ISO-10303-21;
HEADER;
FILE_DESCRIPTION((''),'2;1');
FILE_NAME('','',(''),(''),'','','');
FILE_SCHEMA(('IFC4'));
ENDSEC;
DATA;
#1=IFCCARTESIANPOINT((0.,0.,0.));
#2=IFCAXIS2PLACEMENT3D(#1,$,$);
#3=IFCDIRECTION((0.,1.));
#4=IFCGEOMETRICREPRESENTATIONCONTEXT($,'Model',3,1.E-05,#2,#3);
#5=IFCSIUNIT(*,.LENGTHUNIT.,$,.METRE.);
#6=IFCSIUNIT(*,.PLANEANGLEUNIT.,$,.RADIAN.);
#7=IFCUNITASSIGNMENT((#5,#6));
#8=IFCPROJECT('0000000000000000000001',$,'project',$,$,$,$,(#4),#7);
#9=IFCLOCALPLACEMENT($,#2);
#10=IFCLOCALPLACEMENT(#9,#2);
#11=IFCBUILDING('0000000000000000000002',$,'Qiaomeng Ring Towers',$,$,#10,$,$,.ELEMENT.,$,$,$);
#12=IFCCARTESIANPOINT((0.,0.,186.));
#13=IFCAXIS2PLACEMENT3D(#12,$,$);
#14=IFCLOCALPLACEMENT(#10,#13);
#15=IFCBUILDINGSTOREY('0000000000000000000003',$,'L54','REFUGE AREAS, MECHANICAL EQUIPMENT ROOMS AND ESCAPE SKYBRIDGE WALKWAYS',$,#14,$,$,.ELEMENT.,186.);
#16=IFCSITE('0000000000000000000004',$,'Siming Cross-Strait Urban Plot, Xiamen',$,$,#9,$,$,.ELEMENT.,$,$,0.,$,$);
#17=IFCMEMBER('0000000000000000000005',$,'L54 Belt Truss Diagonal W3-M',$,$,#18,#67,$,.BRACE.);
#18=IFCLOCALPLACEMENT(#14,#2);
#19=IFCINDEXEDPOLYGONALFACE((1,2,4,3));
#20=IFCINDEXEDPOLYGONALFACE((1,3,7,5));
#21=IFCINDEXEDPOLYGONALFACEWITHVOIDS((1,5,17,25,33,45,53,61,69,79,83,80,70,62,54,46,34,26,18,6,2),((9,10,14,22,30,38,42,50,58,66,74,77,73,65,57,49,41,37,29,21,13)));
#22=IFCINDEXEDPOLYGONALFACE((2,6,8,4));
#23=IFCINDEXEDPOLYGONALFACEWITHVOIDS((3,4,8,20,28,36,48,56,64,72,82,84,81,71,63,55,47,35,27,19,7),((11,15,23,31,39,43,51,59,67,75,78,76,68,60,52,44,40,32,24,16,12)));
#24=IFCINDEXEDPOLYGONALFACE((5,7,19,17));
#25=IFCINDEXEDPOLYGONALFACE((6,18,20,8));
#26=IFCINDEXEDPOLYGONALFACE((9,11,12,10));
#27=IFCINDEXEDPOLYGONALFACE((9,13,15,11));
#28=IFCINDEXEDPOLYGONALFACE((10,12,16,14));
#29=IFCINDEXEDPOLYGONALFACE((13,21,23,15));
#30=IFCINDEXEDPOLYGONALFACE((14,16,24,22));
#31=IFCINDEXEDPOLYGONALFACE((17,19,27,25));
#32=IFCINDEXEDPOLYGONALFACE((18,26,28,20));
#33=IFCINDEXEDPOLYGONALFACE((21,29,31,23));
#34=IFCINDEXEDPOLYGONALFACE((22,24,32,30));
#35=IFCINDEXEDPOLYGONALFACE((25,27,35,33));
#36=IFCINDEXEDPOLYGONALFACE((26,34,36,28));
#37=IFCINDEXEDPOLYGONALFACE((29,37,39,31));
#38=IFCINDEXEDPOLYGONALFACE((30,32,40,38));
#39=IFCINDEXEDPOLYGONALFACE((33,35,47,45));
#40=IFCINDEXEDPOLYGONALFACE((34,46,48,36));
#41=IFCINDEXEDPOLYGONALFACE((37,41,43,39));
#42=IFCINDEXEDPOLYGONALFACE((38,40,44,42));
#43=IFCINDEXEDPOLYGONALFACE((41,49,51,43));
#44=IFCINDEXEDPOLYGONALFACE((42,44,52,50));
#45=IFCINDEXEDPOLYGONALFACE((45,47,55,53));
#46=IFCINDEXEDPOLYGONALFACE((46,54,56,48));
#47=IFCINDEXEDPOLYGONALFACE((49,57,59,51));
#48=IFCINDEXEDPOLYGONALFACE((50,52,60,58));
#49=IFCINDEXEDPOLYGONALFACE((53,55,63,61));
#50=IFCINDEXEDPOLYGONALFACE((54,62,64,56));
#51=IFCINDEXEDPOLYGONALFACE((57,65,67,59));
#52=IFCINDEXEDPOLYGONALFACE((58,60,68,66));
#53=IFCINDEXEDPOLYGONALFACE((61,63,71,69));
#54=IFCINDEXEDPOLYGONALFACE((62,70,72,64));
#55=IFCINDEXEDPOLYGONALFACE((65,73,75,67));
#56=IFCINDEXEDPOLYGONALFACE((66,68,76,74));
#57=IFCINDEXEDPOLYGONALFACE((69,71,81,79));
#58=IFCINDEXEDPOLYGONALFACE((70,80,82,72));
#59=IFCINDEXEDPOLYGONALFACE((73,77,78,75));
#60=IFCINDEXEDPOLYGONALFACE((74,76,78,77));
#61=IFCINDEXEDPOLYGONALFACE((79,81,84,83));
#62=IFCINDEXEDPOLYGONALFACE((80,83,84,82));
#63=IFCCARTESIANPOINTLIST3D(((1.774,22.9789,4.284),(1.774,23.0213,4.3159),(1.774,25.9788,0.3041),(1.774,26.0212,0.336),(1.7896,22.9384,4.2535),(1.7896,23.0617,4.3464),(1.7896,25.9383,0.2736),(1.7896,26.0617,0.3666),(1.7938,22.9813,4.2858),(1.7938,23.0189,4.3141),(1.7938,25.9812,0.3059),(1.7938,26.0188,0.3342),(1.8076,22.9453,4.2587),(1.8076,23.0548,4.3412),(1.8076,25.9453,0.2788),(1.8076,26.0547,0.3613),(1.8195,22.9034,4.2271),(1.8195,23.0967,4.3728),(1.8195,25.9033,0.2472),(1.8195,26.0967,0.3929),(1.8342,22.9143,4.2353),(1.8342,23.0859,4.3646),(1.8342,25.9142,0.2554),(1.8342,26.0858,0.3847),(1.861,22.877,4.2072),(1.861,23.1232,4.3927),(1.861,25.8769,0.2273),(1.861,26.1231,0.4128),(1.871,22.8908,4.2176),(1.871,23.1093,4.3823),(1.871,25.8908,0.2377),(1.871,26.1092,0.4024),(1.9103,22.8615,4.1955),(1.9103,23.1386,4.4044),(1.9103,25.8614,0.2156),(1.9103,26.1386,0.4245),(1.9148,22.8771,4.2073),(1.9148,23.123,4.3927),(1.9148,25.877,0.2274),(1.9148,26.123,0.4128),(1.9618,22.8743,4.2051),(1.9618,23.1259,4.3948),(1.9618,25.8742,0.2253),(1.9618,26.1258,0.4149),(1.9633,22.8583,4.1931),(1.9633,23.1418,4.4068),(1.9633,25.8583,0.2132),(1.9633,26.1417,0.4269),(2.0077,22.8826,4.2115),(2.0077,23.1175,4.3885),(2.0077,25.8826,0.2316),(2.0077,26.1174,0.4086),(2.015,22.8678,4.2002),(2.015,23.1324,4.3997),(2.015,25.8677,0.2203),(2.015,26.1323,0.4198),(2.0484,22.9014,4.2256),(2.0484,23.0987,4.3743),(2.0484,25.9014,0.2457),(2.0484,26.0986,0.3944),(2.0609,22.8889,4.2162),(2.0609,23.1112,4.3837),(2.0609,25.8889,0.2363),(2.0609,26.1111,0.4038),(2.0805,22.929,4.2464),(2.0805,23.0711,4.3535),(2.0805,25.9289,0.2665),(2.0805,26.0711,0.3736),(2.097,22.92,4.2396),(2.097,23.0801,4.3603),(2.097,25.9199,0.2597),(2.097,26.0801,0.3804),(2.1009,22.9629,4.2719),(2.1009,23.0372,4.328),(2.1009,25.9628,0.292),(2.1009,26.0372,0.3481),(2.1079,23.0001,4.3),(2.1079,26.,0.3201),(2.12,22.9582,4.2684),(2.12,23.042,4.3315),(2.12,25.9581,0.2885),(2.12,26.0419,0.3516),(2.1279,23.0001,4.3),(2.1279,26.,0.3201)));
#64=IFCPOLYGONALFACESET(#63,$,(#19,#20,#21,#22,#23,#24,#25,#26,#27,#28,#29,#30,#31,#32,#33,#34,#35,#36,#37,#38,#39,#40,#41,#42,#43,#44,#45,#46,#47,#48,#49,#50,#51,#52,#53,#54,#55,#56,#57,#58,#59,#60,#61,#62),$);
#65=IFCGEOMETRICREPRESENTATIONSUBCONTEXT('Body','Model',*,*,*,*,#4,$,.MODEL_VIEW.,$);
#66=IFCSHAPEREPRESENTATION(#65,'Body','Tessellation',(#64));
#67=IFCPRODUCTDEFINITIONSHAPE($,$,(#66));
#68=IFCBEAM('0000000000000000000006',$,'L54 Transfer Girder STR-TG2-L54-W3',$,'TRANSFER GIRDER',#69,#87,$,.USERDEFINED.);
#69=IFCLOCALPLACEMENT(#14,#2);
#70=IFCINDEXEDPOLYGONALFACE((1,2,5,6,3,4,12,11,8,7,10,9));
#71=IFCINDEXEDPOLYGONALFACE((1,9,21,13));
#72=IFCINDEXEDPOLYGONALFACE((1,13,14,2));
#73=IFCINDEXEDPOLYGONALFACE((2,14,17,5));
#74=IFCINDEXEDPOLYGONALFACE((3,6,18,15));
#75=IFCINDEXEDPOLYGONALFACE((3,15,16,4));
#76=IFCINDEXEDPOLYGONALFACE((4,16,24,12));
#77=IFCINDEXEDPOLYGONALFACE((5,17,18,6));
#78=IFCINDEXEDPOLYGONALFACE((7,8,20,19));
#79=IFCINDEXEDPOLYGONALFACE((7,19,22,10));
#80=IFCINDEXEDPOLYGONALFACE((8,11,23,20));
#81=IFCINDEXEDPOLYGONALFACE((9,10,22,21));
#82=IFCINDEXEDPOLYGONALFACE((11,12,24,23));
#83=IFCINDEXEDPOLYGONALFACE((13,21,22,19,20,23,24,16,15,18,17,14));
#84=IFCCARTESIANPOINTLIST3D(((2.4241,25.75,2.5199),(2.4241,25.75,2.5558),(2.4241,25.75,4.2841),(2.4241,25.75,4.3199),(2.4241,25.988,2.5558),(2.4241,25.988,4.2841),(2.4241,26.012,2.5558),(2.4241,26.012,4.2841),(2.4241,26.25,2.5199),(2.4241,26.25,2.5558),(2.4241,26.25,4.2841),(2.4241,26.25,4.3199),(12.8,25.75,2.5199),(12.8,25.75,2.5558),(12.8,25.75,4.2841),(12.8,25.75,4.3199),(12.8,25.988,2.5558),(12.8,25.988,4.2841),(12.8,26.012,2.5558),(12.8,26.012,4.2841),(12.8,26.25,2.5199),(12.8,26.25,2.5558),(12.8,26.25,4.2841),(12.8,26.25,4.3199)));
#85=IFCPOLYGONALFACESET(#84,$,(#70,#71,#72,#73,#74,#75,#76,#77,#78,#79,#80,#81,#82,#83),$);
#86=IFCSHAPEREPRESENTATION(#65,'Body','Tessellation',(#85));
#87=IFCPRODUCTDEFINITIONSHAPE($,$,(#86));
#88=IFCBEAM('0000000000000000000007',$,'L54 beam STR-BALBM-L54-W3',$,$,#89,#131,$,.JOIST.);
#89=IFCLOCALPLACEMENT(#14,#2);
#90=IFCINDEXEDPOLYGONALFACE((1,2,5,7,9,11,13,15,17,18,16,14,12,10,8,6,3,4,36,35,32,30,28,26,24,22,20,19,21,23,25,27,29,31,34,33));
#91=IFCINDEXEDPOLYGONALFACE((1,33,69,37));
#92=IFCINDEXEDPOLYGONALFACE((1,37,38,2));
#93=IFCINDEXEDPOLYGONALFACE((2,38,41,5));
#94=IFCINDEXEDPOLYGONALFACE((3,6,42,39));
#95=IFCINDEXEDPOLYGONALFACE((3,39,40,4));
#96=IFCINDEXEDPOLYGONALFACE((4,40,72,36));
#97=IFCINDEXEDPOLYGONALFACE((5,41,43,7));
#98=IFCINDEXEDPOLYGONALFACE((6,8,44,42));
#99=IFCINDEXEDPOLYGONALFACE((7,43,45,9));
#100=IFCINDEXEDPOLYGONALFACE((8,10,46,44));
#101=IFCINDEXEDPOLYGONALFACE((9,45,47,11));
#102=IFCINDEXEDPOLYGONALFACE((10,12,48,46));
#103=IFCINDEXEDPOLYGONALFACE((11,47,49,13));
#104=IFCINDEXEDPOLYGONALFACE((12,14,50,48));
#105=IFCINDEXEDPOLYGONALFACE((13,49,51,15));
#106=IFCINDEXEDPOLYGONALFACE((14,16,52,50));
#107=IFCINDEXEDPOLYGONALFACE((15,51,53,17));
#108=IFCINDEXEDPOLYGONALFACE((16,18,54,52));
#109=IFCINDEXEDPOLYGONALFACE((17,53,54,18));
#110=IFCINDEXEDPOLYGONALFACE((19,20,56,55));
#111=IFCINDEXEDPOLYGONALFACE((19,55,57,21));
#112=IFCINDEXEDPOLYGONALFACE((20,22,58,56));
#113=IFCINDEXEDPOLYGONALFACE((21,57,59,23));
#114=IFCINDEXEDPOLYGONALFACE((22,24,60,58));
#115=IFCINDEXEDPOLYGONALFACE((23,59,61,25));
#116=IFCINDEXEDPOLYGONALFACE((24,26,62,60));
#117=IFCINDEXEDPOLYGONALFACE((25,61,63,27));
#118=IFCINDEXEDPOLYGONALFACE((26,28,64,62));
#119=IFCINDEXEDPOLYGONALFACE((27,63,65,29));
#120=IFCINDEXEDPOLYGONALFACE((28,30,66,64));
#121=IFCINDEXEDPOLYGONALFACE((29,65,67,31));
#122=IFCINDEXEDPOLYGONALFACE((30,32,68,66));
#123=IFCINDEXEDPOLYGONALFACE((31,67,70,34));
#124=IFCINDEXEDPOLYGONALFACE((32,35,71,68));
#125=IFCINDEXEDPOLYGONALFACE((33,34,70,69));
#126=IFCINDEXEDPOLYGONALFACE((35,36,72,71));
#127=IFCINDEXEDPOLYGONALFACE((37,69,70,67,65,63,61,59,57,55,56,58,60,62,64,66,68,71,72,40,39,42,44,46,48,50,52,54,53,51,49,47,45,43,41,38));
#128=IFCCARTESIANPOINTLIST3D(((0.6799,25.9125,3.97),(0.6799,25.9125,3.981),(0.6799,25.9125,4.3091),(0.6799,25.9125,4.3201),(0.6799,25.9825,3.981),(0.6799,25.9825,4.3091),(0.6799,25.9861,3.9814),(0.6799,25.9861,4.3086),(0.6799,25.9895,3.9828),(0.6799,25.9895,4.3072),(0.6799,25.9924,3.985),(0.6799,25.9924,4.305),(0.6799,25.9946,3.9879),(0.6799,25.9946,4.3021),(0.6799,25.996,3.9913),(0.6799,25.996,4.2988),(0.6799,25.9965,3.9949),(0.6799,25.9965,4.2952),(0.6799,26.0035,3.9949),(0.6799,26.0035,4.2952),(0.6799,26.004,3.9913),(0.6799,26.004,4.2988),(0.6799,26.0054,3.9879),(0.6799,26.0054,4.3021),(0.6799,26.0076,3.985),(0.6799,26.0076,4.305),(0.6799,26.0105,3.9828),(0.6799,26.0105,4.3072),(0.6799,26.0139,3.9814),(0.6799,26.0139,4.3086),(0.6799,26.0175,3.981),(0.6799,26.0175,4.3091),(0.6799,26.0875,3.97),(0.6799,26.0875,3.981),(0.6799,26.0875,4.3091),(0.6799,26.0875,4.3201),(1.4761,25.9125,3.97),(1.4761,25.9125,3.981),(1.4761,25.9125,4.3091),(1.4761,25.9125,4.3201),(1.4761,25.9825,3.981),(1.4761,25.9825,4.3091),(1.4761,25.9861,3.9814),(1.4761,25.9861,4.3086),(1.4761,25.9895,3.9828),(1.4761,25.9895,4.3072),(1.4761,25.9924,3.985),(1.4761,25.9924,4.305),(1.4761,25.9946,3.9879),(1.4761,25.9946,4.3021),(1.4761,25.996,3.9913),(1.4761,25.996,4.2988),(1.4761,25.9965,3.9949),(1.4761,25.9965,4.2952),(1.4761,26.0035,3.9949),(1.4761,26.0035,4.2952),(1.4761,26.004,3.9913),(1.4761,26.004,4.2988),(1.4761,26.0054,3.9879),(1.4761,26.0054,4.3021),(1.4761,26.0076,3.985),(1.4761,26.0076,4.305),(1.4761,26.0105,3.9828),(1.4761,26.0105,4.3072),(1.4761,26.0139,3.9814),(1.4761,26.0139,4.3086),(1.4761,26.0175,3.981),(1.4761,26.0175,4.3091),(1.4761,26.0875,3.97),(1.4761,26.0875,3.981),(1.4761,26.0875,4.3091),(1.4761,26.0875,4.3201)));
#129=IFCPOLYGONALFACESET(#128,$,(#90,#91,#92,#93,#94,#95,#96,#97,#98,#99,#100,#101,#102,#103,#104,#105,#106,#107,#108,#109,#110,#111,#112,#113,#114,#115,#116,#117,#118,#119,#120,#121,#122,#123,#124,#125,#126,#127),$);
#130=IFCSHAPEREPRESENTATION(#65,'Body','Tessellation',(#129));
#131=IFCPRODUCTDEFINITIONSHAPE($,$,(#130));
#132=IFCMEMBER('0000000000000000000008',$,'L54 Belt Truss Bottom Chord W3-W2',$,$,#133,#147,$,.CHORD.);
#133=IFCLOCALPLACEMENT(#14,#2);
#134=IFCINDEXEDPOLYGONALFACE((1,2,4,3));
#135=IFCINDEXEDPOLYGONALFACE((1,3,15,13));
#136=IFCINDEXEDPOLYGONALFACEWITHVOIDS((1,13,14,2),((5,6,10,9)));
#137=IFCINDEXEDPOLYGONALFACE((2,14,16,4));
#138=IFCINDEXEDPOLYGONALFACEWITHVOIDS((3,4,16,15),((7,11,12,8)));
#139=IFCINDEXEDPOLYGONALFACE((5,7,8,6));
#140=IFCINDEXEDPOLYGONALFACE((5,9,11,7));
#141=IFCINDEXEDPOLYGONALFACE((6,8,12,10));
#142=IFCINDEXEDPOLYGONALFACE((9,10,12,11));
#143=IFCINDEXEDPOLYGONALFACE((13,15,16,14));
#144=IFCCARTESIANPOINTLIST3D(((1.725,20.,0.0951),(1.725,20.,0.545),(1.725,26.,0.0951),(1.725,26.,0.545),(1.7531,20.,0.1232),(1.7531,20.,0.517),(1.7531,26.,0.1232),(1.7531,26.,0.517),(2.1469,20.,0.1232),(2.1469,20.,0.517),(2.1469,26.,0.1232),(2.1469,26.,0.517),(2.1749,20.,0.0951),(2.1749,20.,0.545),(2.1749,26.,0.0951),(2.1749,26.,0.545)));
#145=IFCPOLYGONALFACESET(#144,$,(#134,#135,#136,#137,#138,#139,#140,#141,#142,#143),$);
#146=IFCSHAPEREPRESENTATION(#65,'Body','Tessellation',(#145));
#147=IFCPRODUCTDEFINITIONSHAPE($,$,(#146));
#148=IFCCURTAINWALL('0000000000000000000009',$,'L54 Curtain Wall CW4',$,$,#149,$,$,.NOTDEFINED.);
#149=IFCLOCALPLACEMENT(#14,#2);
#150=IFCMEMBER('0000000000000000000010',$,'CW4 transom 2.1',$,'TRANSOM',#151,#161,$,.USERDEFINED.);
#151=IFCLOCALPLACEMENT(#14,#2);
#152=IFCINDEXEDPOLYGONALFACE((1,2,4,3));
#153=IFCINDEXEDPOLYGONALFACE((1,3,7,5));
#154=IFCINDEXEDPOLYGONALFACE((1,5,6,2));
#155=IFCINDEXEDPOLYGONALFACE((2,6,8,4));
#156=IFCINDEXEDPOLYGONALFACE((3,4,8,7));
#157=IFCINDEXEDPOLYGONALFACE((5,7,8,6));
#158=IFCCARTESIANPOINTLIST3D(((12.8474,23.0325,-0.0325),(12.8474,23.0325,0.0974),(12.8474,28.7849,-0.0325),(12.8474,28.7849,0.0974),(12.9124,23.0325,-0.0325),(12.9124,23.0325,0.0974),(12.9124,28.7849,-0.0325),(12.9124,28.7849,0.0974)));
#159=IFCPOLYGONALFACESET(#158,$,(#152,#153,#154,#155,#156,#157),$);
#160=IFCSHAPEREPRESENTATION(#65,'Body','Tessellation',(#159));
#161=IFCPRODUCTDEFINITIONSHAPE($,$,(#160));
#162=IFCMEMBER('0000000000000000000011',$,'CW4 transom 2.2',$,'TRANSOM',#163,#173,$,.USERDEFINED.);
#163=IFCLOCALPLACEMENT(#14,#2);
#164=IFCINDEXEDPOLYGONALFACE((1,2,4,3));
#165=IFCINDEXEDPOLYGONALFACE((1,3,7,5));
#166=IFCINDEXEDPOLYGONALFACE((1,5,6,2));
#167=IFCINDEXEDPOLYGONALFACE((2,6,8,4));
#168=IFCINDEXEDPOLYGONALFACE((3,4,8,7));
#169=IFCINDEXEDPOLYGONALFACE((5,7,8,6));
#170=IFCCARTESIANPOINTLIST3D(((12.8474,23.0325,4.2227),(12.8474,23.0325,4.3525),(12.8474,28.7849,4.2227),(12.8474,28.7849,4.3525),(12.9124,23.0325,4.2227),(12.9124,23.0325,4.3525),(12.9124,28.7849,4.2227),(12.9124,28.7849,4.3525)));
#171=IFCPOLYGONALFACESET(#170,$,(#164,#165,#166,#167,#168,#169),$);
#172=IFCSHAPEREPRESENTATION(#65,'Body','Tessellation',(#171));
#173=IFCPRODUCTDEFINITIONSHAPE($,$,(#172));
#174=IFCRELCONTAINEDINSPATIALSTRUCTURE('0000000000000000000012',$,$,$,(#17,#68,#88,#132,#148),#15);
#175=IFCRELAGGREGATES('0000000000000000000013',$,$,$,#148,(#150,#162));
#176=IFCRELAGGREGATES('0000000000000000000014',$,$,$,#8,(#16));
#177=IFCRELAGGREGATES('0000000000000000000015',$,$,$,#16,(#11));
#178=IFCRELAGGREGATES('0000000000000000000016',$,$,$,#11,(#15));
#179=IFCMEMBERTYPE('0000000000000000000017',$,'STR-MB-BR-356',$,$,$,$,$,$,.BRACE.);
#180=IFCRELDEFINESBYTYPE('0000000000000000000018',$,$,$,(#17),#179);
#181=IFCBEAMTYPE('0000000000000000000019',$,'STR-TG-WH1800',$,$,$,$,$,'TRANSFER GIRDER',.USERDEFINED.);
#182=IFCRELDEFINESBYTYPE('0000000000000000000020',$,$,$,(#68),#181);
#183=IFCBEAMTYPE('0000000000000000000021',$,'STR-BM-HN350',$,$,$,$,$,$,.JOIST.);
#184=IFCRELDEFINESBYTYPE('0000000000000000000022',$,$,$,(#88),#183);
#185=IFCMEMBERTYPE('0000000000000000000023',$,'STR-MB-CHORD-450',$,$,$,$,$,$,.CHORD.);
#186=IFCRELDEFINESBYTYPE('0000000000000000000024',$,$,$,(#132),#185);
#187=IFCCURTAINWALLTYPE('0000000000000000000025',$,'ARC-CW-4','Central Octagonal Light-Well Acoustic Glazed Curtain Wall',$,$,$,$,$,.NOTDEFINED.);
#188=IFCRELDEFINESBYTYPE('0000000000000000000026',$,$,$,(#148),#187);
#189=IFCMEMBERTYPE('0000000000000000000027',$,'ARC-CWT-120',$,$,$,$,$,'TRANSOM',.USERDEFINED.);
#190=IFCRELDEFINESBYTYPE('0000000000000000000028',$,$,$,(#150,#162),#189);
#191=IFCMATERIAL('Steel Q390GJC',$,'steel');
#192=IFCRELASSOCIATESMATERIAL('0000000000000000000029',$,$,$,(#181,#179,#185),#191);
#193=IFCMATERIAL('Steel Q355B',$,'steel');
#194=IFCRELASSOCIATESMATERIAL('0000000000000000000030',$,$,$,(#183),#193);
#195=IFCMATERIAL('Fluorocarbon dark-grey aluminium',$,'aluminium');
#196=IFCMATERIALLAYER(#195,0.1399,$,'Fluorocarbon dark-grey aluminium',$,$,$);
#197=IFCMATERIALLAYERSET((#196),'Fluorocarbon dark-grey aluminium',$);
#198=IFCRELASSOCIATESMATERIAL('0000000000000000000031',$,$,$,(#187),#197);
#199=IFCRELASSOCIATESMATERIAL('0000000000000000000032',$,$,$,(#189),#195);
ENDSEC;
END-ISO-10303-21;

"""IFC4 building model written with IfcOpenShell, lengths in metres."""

from ifc_helpers import new_model, si_unit, direction, frame, origin, origin_2d, place, context, subcontext, project, spatial, rectangle, hollow_rectangle, hollow_circle, i_section, extrude, source, transform, mapped, material, layer, layer_set, material_profile, profile_set, type_object, element, aggregate, save


model = new_model("IFC4")

# Units and contexts
model_context = context("Model", 3, precision=1e-05, world=origin(), true_north=direction((0.0, 1.0)))
body_context = subcontext(model_context, "Body", "Model", "MODEL_VIEW")
ifc_project = project(units=[si_unit("LENGTHUNIT", "METRE"), si_unit("PLANEANGLEUNIT", "RADIAN")], contexts=[model_context])

# Site, building, storey
site_placement = place(None, origin())
site = spatial("IfcSite", under=ifc_project, at=site_placement, Name="Siming Cross-Strait Urban Plot, Xiamen", CompositionType="ELEMENT", RefElevation=0.0)
building_placement = place(site_placement, origin())
building = spatial("IfcBuilding", under=site, at=building_placement, Name="Qiaomeng Ring Towers", CompositionType="ELEMENT")
storey_placement = place(building_placement, frame((0.0, 0.0, 186.0)))
storey = spatial("IfcBuildingStorey", under=building, at=storey_placement, Name="L54", Description="REFUGE AREAS, MECHANICAL EQUIPMENT ROOMS AND ESCAPE SKYBRIDGE WALKWAYS", CompositionType="ELEMENT", Elevation=186.0)

# Shared definitions
ifc_material_1 = material(Name="Steel Q390GJC", Category="steel")

# Shared definitions
ifc_material_profile_1 = material_profile(ifc_material_1, i_section(OverallWidth=0.5, OverallDepth=1.8, WebThickness=0.0239, FlangeThickness=0.0359, at=origin_2d()), Name="WH 1800x500x24x36")
ifc_profile_set_1 = profile_set([ifc_material_profile_1], Name="Steel Q390GJC")
beam_type_1 = type_object("IfcBeamType", Name="STR-TG-WH1800", ElementType="TRANSFER GIRDER", PredefinedType="USERDEFINED", material=ifc_profile_set_1)
ifc_material_2 = material(Name="Steel Q355B", Category="steel")
ifc_material_profile_2 = material_profile(ifc_material_2, i_section(OverallWidth=0.175, OverallDepth=0.3501, WebThickness=0.0071, FlangeThickness=0.011, FilletRadius=0.0139, at=origin_2d()), Name="HN 350x175x7x11")
ifc_profile_set_2 = profile_set([ifc_material_profile_2], Name="Steel Q355B")
beam_type_2 = type_object("IfcBeamType", Name="STR-BM-HN350", PredefinedType="JOIST", material=ifc_profile_set_2)

# Member
ifc_material_profile_3 = material_profile(ifc_material_1, hollow_circle(Radius=0.178, WallThickness=0.02, at=origin_2d()), Name="CHS 356x20")
ifc_profile_set_3 = profile_set([ifc_material_profile_3], Name="Steel Q390GJC")
member_type_1 = type_object("IfcMemberType", Name="STR-MB-BR-356", PredefinedType="BRACE", material=ifc_profile_set_3)
shared_shape_1 = source(origin(), body_context, "Body", "SweptSolid", [
    extrude(hollow_circle(Radius=0.178, WallThickness=0.02, at=origin_2d()), origin(), (0.0, 0.0, 1.0), 4.9839),
])
member_1_placement = place(storey_placement, frame((1.95, 26.0, 0.3201), z_axis=(0.0, -0.601926, 0.798552), x_axis=(1.0, 0.0, 0.0)))
element("IfcMember", 1, at=member_1_placement, inside=storey, type_object=member_type_1, Name="L54 Belt Truss Diagonal W3-M", PredefinedType="BRACE", context=body_context, shape_type="MappedRepresentation", body=[
    mapped(shared_shape_1, transform((0.0, 0.0, 0.0), x_axis=(1.0, 0.0, 0.0), y_axis=(0.0, 1.0, 0.0), z_axis=(0.0, 0.0, 1.0), scale=1.0)),
])

# Beams
shared_shape_2 = source(origin(), body_context, "Body", "SweptSolid", [
    extrude(i_section(OverallWidth=0.5, OverallDepth=1.8, WebThickness=0.0239, FlangeThickness=0.0359, at=origin_2d()), origin(), (0.0, 0.0, 1.0), 10.376),
])
beam_1_placement = place(storey_placement, frame((2.4241, 26.0, 3.4199), z_axis=(1.0, 0.0, 0.0), x_axis=(0.0, 1.0, 0.0)))
element("IfcBeam", 2, at=beam_1_placement, inside=storey, type_object=beam_type_1, Name="L54 Transfer Girder STR-TG2-L54-W3", ObjectType="TRANSFER GIRDER", PredefinedType="USERDEFINED", context=body_context, shape_type="MappedRepresentation", body=[
    mapped(shared_shape_2, transform((0.0, 0.0, 0.0), x_axis=(1.0, 0.0, 0.0), y_axis=(0.0, 1.0, 0.0), z_axis=(0.0, 0.0, 1.0), scale=1.0)),
])
shared_shape_3 = source(origin(), body_context, "Body", "SweptSolid", [
    extrude(i_section(OverallWidth=0.175, OverallDepth=0.3501, WebThickness=0.0071, FlangeThickness=0.011, FilletRadius=0.0139, at=origin_2d()), origin(), (0.0, 0.0, 1.0), 0.7961),
])
beam_2_placement = place(storey_placement, frame((0.6799, 26.0, 4.145), z_axis=(1.0, 0.0, 0.0), x_axis=(0.0, 1.0, 0.0)))
element("IfcBeam", 3, at=beam_2_placement, inside=storey, type_object=beam_type_2, Name="L54 beam STR-BALBM-L54-W3", PredefinedType="JOIST", context=body_context, shape_type="MappedRepresentation", body=[
    mapped(shared_shape_3, transform((0.0, 0.0, 0.0), x_axis=(1.0, 0.0, 0.0), y_axis=(0.0, 1.0, 0.0), z_axis=(0.0, 0.0, 1.0), scale=1.0)),
])

# Member
ifc_material_profile_4 = material_profile(ifc_material_1, hollow_rectangle(XDim=0.45, YDim=0.45, WallThickness=0.0281, at=origin_2d()), Name="SHS 450x450x28")
ifc_profile_set_4 = profile_set([ifc_material_profile_4], Name="Steel Q390GJC")
member_type_2 = type_object("IfcMemberType", Name="STR-MB-CHORD-450", PredefinedType="CHORD", material=ifc_profile_set_4)
shared_shape_4 = source(origin(), body_context, "Body", "SweptSolid", [
    extrude(hollow_rectangle(XDim=0.45, YDim=0.45, WallThickness=0.0281, at=origin_2d()), origin(), (0.0, 0.0, 1.0), 6.0),
])
member_2_placement = place(storey_placement, frame((1.95, 26.0, 0.3201), z_axis=(0.0, -1.0, 0.0), x_axis=(1.0, 0.0, 0.0)))
element("IfcMember", 4, at=member_2_placement, inside=storey, type_object=member_type_2, Name="L54 Belt Truss Bottom Chord W3-W2", PredefinedType="CHORD", context=body_context, shape_type="MappedRepresentation", body=[
    mapped(shared_shape_4, transform((0.0, 0.0, 0.0), x_axis=(1.0, 0.0, 0.0), y_axis=(0.0, 1.0, 0.0), z_axis=(0.0, 0.0, 1.0), scale=1.0)),
])

# Curtain wall, members
ifc_material_3 = material(Name="Fluorocarbon dark-grey aluminium", Category="aluminium")
ifc_layer_1 = layer(ifc_material_3, 0.1399, Name="Fluorocarbon dark-grey aluminium")
ifc_layer_set_1 = layer_set([ifc_layer_1], Name="Fluorocarbon dark-grey aluminium")
curtain_wall_type = type_object("IfcCurtainWallType", Name="ARC-CW-4", Description="Central Octagonal Light-Well Acoustic Glazed Curtain Wall", PredefinedType="NOTDEFINED", material=ifc_layer_set_1)
curtain_wall_placement = place(storey_placement, origin())
curtain_wall = element("IfcCurtainWall", 5, at=curtain_wall_placement, inside=storey, type_object=curtain_wall_type, Name="L54 Curtain Wall CW4", PredefinedType="NOTDEFINED")
ifc_material_profile_5 = material_profile(ifc_material_3, rectangle(XDim=0.0649, YDim=0.1299, at=origin_2d()), Name="ALU TRAN 65x130")
ifc_profile_set_5 = profile_set([ifc_material_profile_5], Name="Fluorocarbon dark-grey aluminium")
member_type_3 = type_object("IfcMemberType", Name="ARC-CWT-120", ElementType="TRANSOM", PredefinedType="USERDEFINED", material=ifc_profile_set_5)
shared_shape_5 = source(origin(), body_context, "Body", "SweptSolid", [
    extrude(rectangle(XDim=0.0649, YDim=0.1299, at=origin_2d()), origin(), (0.0, 0.0, 1.0), 5.7524),
])
member_3_placement = place(storey_placement, frame((12.8799, 23.0325, 0.0325), z_axis=(0.0, 1.0, 0.0), x_axis=(-1.0, 0.0, 0.0)))
member_3 = element("IfcMember", 6, at=member_3_placement, type_object=member_type_3, Name="CW4 transom 2.1", ObjectType="TRANSOM", PredefinedType="USERDEFINED", context=body_context, shape_type="MappedRepresentation", body=[
    mapped(shared_shape_5, transform((0.0, 0.0, 0.0), x_axis=(1.0, 0.0, 0.0), y_axis=(0.0, 1.0, 0.0), z_axis=(0.0, 0.0, 1.0), scale=1.0)),
])
member_4_placement = place(storey_placement, frame((12.8799, 23.0325, 4.2876), z_axis=(0.0, 1.0, 0.0), x_axis=(-1.0, 0.0, 0.0)))
member_4 = element("IfcMember", 7, at=member_4_placement, type_object=member_type_3, Name="CW4 transom 2.2", ObjectType="TRANSOM", PredefinedType="USERDEFINED", context=body_context, shape_type="MappedRepresentation", body=[
    mapped(shared_shape_5, transform((0.0, 0.0, 0.0), x_axis=(1.0, 0.0, 0.0), y_axis=(0.0, 1.0, 0.0), z_axis=(0.0, 0.0, 1.0), scale=1.0)),
])

aggregate(curtain_wall, [member_3, member_4])

save(model, "model.ifc")
